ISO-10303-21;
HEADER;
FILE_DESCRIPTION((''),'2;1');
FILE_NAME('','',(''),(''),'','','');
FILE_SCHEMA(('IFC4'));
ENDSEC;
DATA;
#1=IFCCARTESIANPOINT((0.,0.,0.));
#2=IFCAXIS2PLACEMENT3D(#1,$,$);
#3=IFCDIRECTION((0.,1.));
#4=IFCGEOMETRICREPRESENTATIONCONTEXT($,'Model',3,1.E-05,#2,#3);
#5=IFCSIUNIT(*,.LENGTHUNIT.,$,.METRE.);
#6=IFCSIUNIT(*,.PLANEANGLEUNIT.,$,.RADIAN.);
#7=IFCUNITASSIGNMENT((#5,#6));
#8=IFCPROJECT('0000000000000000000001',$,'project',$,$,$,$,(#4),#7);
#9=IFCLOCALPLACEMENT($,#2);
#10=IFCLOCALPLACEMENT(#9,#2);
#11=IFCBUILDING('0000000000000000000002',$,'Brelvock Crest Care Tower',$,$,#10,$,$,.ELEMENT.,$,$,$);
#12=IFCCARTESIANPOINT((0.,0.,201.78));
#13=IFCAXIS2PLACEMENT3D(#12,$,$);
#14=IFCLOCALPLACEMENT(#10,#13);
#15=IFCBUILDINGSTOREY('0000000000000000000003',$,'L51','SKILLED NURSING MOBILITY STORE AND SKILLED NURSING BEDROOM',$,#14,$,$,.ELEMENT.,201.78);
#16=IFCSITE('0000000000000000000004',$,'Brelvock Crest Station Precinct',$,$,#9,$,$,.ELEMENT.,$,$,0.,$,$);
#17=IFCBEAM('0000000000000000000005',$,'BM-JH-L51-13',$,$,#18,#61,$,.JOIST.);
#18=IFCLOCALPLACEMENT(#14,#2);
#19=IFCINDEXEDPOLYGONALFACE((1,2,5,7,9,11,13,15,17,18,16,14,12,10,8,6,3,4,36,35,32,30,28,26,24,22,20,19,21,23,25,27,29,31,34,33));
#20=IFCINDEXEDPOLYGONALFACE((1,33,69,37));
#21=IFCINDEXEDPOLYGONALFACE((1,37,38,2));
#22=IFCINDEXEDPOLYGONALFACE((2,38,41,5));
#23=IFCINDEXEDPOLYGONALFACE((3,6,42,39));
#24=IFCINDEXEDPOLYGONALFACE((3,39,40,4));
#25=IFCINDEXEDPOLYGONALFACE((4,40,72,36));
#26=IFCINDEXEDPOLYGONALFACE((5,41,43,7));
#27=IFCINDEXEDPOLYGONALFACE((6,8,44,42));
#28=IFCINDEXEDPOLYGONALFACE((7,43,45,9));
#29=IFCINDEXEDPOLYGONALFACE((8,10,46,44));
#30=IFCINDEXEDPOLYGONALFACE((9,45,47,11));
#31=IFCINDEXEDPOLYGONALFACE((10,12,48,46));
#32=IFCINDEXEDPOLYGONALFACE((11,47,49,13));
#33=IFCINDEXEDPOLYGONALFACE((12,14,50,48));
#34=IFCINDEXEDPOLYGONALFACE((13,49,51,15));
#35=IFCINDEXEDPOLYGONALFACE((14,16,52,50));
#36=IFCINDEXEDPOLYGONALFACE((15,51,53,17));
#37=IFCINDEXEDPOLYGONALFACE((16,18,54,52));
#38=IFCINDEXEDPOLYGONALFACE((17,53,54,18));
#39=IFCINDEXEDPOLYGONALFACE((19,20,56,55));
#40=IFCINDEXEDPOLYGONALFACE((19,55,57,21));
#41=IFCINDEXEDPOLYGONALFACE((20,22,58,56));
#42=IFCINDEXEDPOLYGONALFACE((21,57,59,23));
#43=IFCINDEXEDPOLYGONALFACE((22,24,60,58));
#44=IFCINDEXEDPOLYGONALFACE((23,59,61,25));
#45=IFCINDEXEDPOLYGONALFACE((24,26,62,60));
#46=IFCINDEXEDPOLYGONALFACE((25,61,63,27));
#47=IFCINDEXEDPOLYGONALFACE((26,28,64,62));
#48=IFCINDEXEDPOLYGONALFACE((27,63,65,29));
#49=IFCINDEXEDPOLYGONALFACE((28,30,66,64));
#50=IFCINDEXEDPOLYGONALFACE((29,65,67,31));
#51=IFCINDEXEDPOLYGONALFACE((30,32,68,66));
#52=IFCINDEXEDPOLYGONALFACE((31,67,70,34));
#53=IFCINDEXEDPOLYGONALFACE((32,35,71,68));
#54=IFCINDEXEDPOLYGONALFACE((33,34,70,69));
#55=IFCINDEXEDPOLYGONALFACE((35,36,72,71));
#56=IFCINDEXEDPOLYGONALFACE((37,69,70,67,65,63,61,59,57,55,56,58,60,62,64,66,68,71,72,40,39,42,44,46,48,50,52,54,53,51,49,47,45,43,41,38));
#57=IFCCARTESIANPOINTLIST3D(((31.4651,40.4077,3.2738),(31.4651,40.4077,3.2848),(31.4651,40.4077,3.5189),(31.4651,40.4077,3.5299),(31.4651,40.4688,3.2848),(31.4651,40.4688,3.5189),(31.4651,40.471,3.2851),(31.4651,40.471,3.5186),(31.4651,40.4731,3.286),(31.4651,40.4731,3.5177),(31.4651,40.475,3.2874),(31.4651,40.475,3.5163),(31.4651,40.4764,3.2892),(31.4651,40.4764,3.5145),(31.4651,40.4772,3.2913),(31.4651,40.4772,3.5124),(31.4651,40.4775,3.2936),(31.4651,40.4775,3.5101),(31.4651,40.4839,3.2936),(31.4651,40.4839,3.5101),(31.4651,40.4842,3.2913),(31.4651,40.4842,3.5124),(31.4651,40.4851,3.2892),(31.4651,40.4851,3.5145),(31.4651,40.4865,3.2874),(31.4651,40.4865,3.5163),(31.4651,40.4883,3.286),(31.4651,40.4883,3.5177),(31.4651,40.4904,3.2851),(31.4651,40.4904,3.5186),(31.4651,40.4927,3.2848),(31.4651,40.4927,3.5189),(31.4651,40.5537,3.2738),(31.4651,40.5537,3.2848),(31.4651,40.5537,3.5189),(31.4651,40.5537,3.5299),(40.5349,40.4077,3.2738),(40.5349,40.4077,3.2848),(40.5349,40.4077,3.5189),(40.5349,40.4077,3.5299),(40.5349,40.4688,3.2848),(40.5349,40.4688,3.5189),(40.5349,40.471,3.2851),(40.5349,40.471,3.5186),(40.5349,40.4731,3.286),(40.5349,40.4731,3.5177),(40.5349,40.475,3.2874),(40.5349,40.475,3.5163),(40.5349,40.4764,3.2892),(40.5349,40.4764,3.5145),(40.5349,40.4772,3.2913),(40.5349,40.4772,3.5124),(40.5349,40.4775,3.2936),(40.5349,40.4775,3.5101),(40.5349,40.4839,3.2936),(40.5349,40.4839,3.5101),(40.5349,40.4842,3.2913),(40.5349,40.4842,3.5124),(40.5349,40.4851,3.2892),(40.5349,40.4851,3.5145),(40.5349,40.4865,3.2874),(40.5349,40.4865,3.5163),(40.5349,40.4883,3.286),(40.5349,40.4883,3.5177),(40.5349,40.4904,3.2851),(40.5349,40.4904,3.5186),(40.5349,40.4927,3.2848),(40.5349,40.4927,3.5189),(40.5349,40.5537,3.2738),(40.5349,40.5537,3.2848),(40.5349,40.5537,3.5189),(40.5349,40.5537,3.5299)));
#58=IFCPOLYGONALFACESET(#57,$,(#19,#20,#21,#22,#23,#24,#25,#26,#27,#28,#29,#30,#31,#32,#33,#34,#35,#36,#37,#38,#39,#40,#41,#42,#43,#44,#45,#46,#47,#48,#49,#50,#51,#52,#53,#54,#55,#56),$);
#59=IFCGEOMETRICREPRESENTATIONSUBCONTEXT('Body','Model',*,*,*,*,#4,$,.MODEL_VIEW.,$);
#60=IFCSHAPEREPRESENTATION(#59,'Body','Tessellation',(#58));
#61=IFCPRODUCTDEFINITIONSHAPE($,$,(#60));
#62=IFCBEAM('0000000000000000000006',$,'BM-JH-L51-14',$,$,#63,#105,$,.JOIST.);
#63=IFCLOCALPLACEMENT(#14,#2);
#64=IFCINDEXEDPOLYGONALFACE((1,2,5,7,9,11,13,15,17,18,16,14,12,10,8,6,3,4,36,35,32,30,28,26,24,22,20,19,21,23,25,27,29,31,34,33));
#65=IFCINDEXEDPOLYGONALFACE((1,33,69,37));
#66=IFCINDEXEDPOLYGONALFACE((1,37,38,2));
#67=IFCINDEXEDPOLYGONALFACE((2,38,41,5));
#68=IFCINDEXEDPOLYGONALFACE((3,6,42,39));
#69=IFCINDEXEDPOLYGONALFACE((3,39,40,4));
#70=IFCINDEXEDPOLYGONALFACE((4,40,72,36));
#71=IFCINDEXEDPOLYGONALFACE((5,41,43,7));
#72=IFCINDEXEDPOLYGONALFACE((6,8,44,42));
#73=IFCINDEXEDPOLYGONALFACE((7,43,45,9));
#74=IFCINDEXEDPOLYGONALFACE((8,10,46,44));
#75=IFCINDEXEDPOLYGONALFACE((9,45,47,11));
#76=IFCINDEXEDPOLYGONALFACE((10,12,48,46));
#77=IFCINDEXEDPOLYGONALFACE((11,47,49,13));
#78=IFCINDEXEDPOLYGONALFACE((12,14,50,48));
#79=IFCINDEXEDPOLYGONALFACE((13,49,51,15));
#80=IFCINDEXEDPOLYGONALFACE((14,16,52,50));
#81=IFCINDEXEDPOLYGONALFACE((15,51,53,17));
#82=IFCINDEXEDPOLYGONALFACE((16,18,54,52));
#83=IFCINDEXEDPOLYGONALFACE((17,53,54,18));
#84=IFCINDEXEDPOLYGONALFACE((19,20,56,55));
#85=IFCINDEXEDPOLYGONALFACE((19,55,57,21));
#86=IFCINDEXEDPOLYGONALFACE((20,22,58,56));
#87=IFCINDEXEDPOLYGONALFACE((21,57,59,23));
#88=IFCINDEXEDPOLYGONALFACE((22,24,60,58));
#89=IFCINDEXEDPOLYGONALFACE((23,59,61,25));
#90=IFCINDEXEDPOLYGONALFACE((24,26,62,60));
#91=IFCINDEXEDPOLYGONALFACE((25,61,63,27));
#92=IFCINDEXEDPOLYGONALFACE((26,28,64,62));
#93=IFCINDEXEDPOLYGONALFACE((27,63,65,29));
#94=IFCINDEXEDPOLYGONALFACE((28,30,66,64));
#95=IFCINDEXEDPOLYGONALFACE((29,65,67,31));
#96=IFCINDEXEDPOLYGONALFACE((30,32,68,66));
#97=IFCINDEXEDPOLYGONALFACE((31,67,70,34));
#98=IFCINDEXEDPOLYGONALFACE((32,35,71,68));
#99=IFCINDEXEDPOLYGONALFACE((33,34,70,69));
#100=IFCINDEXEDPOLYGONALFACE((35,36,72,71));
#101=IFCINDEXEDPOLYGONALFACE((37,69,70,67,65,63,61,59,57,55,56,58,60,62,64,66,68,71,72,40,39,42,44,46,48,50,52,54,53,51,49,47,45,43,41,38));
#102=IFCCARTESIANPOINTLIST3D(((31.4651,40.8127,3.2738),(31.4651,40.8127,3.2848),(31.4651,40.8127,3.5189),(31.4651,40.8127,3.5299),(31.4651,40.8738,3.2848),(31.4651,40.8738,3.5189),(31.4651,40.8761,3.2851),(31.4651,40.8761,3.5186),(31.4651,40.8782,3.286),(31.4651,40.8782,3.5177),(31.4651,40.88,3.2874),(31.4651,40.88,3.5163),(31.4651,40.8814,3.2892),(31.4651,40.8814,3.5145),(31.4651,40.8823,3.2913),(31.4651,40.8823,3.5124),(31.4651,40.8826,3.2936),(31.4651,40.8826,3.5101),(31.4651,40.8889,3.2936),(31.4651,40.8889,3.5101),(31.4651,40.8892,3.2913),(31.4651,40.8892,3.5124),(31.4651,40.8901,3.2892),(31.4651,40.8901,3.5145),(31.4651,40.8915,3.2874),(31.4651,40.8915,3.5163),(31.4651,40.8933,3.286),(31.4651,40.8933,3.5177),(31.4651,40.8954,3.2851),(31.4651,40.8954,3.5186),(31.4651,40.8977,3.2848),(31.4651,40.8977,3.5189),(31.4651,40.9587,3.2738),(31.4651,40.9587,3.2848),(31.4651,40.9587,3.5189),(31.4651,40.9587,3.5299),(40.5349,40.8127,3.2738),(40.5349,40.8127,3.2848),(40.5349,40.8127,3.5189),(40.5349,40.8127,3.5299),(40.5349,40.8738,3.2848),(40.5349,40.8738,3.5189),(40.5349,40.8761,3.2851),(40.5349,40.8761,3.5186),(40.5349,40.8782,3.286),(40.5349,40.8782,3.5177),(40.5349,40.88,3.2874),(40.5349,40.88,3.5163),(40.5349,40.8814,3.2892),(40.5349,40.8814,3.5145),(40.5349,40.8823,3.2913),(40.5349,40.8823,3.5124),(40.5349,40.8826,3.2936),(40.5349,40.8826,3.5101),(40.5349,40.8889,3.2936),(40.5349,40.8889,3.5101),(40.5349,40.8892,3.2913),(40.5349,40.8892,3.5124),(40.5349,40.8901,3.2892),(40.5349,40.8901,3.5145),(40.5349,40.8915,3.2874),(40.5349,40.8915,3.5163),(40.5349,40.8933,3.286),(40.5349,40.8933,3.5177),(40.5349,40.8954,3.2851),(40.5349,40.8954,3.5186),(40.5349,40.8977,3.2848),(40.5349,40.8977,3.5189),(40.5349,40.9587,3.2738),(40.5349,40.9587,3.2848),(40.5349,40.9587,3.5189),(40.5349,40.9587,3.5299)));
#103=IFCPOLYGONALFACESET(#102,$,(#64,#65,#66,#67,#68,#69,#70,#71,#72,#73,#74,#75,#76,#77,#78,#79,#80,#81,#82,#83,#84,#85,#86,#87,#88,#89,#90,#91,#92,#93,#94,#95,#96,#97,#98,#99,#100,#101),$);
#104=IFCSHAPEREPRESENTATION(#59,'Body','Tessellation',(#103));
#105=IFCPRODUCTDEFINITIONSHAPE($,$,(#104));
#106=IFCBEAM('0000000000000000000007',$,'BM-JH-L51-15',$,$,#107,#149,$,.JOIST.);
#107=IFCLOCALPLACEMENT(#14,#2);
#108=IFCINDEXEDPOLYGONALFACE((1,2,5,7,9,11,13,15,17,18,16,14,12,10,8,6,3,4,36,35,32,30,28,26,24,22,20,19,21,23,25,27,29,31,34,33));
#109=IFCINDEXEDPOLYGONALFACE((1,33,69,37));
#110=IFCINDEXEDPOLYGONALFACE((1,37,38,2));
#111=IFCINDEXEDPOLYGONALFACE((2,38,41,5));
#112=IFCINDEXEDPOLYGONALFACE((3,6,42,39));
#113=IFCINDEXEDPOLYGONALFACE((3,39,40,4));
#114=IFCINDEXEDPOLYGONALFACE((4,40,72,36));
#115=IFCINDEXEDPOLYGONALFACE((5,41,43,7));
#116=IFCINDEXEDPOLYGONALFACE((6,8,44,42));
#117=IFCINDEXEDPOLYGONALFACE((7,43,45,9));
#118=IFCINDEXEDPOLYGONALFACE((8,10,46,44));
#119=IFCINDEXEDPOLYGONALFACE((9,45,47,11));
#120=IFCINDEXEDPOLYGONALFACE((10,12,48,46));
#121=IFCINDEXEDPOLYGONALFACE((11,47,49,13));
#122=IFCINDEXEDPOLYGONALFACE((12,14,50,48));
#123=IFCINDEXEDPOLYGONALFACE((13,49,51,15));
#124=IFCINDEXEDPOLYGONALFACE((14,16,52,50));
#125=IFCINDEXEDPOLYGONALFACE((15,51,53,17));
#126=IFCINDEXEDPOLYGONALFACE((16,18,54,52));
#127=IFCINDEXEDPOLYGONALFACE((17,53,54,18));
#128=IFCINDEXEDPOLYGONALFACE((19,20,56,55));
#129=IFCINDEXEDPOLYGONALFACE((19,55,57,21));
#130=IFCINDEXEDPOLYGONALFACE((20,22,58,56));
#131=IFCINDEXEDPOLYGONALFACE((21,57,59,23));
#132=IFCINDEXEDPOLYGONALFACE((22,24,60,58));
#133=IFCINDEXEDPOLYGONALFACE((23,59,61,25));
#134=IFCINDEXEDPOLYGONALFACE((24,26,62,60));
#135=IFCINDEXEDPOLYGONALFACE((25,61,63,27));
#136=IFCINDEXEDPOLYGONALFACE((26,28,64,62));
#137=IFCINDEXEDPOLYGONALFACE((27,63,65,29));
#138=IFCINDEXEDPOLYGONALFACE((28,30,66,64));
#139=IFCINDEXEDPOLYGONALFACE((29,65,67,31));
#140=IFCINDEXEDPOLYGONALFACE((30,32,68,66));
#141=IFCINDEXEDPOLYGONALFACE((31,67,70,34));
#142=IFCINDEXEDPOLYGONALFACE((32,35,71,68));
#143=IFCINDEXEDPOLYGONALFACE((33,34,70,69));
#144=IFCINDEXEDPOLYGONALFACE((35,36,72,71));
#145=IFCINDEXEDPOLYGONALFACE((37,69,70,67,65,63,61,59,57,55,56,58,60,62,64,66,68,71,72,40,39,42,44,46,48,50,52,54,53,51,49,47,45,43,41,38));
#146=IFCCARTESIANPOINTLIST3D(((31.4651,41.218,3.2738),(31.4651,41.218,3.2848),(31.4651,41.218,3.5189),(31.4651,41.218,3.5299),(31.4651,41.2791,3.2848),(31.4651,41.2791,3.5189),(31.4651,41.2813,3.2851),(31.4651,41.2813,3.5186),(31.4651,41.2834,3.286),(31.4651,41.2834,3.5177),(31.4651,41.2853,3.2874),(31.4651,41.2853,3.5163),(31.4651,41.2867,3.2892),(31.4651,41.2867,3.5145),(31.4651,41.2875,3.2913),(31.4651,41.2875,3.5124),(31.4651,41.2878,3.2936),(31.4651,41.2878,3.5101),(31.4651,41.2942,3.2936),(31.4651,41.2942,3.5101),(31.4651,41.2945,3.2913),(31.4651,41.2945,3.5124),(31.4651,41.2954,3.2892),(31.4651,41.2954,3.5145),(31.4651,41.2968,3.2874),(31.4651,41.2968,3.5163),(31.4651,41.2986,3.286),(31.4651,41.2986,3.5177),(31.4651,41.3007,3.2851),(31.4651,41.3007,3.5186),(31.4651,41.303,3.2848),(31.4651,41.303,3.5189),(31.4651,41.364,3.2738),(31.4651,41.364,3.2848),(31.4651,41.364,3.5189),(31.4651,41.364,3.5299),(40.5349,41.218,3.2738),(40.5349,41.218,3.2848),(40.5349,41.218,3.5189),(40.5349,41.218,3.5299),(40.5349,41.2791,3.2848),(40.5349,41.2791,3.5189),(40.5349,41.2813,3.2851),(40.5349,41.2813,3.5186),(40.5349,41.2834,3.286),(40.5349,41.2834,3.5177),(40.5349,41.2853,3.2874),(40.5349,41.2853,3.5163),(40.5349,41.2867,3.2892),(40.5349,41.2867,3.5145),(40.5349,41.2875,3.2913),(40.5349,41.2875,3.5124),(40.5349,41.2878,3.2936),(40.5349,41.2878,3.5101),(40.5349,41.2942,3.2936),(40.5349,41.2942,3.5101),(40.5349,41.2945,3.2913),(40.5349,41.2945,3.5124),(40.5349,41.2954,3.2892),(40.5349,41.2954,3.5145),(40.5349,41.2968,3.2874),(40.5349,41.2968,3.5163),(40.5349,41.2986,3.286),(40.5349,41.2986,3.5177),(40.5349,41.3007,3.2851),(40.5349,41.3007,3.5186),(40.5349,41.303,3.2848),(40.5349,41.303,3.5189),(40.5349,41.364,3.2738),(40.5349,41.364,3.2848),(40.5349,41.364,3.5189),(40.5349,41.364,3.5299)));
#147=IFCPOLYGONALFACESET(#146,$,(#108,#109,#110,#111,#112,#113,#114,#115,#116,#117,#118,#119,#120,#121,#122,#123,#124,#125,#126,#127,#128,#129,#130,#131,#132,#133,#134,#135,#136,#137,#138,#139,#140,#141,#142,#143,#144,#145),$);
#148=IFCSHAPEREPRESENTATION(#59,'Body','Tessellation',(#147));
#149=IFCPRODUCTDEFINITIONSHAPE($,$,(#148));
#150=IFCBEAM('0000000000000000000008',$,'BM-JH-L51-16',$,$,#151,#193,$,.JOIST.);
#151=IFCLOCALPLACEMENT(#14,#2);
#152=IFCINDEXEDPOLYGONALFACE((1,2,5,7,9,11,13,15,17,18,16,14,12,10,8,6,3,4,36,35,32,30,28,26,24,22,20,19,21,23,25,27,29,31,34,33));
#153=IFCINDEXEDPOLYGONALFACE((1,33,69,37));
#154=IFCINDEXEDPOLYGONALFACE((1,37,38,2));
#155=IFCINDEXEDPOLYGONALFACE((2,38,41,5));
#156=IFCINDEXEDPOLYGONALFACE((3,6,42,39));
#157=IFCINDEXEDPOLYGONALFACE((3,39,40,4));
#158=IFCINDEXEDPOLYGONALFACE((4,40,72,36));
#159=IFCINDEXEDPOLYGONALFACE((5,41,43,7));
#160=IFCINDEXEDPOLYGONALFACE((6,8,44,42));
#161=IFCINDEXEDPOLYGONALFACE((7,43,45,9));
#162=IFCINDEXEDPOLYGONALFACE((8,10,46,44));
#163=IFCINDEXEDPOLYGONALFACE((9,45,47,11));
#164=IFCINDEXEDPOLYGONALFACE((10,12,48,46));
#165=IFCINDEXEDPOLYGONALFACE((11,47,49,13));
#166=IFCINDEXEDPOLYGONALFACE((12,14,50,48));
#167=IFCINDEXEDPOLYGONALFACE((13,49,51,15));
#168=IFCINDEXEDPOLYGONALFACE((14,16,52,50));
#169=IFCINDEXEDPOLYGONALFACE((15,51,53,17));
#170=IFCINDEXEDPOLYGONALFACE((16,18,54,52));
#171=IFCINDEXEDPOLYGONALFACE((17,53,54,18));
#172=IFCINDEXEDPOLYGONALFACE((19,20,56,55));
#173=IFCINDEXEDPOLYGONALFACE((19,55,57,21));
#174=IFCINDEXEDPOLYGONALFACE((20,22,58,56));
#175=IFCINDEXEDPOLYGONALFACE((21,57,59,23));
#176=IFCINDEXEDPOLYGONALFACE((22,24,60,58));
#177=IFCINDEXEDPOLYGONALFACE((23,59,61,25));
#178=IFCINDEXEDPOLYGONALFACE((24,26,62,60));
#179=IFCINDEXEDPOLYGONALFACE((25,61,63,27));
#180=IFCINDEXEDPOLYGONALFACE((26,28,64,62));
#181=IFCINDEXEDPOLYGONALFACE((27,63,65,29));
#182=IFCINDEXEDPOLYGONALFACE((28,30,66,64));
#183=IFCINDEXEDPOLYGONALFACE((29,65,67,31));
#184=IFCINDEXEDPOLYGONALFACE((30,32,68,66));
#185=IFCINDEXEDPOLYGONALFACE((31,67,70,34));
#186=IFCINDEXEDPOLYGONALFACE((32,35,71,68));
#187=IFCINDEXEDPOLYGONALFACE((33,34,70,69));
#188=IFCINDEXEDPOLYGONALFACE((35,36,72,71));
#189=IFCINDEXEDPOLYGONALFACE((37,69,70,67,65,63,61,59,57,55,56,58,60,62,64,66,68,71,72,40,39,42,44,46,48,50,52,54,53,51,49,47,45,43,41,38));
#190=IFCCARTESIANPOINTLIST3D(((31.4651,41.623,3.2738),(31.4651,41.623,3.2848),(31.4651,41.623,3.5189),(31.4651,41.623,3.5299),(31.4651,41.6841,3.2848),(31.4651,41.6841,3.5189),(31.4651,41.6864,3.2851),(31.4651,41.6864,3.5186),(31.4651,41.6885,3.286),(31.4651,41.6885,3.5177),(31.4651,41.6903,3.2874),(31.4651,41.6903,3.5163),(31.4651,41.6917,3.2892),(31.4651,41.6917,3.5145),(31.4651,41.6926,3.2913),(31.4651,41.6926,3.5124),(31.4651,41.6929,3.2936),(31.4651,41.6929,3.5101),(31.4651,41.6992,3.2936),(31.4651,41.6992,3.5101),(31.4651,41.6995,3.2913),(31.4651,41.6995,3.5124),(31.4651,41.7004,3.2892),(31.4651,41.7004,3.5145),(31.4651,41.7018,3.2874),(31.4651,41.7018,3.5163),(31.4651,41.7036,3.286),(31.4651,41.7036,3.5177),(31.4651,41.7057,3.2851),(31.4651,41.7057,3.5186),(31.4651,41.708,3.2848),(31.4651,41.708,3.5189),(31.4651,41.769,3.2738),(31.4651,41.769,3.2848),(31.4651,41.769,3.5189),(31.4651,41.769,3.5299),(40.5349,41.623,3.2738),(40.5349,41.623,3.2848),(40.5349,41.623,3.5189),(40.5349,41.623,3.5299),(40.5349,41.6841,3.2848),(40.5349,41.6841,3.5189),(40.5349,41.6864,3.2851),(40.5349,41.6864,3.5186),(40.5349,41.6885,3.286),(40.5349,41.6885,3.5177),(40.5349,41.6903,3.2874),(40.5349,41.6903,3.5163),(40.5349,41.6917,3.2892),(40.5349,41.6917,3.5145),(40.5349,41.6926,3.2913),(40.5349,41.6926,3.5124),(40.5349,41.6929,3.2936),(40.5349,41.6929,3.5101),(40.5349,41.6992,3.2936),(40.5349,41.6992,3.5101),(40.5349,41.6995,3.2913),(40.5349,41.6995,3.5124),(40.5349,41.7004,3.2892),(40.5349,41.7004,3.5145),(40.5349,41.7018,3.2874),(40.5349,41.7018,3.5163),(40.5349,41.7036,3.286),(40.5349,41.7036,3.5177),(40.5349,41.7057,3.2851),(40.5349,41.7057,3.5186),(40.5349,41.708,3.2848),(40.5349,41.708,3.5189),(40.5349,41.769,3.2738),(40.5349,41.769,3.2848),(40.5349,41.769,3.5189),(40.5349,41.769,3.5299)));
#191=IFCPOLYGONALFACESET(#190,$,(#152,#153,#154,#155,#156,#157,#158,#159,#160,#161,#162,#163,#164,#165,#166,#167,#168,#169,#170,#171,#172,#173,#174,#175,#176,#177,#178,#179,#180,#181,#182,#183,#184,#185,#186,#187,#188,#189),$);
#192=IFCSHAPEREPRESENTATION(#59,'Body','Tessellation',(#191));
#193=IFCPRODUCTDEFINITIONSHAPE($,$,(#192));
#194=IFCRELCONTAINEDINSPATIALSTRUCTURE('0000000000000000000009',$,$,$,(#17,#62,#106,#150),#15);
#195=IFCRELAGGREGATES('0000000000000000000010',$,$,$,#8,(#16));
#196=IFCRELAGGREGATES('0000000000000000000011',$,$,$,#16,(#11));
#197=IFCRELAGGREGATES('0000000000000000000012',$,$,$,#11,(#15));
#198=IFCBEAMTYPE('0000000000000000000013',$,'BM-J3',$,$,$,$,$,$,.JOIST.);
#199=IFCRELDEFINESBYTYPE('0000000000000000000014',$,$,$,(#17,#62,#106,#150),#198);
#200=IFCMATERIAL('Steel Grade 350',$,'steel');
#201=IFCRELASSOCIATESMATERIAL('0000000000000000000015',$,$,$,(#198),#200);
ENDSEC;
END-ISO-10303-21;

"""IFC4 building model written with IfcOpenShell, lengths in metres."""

from ifc_helpers import new_model, si_unit, direction, frame, origin, origin_2d, place, context, subcontext, project, spatial, i_section, extrude, source, transform, mapped, material, material_profile, profile_set, type_object, element, save


model = new_model("IFC4")

# Units and contexts
model_context = context("Model", 3, precision=1e-05, world=origin(), true_north=direction((0.0, 1.0)))
body_context = subcontext(model_context, "Body", "Model", "MODEL_VIEW")
ifc_project = project(units=[si_unit("LENGTHUNIT", "METRE"), si_unit("PLANEANGLEUNIT", "RADIAN")], contexts=[model_context])

# Site, building, storey
site_placement = place(None, origin())
site = spatial("IfcSite", under=ifc_project, at=site_placement, Name="Brelvock Crest Station Precinct", CompositionType="ELEMENT", RefElevation=0.0)
building_placement = place(site_placement, origin())
building = spatial("IfcBuilding", under=site, at=building_placement, Name="Brelvock Crest Care Tower", CompositionType="ELEMENT")
storey_placement = place(building_placement, frame((0.0, 0.0, 201.78)))
storey = spatial("IfcBuildingStorey", under=building, at=storey_placement, Name="L51", Description="SKILLED NURSING MOBILITY STORE AND SKILLED NURSING BEDROOM", CompositionType="ELEMENT", Elevation=201.78)

# Beams
ifc_material_1 = material(Name="Steel Grade 350", Category="steel")
ifc_material_profile_1 = material_profile(ifc_material_1, i_section(OverallWidth=0.146, OverallDepth=0.2561, WebThickness=0.0063, FlangeThickness=0.011, FilletRadius=0.0088, at=origin_2d()), Name="250UB37.3")
ifc_profile_set_1 = profile_set([ifc_material_profile_1], Name="Steel Grade 350")
beam_type_1 = type_object("IfcBeamType", Name="BM-J3", PredefinedType="JOIST", material=ifc_profile_set_1)
shared_shape_1 = source(origin(), body_context, "Body", "SweptSolid", [
    extrude(i_section(OverallWidth=0.146, OverallDepth=0.2561, WebThickness=0.0063, FlangeThickness=0.011, FilletRadius=0.0088, at=origin_2d()), origin(), (0.0, 0.0, 1.0), 9.0698),
])
for number, where, z_axis, x_axis, name in (
    (1, (31.4651, 40.4807, 3.4019), (1.0, 0.0, 0.0), (0.0, 1.0, 0.0), "BM-JH-L51-13"),
    (2, (31.4651, 40.8857, 3.4019), (1.0, 0.0, 0.0), (0.0, 1.0, 0.0), "BM-JH-L51-14"),
    (3, (31.4651, 41.291, 3.4019), (1.0, 0.0, 0.0), (0.0, 1.0, 0.0), "BM-JH-L51-15"),
    (4, (31.4651, 41.696, 3.4019), (1.0, 0.0, 0.0), (0.0, 1.0, 0.0), "BM-JH-L51-16"),
):
    element("IfcBeam", number, at=place(storey_placement, frame(where, z_axis=z_axis, x_axis=x_axis)), inside=storey, type_object=beam_type_1, Name=name, PredefinedType="JOIST", context=body_context, shape_type="MappedRepresentation", body=[
        mapped(shared_shape_1, transform((0.0, 0.0, 0.0), x_axis=(1.0, 0.0, 0.0), y_axis=(0.0, 1.0, 0.0), z_axis=(0.0, 0.0, 1.0), scale=1.0)),
    ])

save(model, "model.ifc")
